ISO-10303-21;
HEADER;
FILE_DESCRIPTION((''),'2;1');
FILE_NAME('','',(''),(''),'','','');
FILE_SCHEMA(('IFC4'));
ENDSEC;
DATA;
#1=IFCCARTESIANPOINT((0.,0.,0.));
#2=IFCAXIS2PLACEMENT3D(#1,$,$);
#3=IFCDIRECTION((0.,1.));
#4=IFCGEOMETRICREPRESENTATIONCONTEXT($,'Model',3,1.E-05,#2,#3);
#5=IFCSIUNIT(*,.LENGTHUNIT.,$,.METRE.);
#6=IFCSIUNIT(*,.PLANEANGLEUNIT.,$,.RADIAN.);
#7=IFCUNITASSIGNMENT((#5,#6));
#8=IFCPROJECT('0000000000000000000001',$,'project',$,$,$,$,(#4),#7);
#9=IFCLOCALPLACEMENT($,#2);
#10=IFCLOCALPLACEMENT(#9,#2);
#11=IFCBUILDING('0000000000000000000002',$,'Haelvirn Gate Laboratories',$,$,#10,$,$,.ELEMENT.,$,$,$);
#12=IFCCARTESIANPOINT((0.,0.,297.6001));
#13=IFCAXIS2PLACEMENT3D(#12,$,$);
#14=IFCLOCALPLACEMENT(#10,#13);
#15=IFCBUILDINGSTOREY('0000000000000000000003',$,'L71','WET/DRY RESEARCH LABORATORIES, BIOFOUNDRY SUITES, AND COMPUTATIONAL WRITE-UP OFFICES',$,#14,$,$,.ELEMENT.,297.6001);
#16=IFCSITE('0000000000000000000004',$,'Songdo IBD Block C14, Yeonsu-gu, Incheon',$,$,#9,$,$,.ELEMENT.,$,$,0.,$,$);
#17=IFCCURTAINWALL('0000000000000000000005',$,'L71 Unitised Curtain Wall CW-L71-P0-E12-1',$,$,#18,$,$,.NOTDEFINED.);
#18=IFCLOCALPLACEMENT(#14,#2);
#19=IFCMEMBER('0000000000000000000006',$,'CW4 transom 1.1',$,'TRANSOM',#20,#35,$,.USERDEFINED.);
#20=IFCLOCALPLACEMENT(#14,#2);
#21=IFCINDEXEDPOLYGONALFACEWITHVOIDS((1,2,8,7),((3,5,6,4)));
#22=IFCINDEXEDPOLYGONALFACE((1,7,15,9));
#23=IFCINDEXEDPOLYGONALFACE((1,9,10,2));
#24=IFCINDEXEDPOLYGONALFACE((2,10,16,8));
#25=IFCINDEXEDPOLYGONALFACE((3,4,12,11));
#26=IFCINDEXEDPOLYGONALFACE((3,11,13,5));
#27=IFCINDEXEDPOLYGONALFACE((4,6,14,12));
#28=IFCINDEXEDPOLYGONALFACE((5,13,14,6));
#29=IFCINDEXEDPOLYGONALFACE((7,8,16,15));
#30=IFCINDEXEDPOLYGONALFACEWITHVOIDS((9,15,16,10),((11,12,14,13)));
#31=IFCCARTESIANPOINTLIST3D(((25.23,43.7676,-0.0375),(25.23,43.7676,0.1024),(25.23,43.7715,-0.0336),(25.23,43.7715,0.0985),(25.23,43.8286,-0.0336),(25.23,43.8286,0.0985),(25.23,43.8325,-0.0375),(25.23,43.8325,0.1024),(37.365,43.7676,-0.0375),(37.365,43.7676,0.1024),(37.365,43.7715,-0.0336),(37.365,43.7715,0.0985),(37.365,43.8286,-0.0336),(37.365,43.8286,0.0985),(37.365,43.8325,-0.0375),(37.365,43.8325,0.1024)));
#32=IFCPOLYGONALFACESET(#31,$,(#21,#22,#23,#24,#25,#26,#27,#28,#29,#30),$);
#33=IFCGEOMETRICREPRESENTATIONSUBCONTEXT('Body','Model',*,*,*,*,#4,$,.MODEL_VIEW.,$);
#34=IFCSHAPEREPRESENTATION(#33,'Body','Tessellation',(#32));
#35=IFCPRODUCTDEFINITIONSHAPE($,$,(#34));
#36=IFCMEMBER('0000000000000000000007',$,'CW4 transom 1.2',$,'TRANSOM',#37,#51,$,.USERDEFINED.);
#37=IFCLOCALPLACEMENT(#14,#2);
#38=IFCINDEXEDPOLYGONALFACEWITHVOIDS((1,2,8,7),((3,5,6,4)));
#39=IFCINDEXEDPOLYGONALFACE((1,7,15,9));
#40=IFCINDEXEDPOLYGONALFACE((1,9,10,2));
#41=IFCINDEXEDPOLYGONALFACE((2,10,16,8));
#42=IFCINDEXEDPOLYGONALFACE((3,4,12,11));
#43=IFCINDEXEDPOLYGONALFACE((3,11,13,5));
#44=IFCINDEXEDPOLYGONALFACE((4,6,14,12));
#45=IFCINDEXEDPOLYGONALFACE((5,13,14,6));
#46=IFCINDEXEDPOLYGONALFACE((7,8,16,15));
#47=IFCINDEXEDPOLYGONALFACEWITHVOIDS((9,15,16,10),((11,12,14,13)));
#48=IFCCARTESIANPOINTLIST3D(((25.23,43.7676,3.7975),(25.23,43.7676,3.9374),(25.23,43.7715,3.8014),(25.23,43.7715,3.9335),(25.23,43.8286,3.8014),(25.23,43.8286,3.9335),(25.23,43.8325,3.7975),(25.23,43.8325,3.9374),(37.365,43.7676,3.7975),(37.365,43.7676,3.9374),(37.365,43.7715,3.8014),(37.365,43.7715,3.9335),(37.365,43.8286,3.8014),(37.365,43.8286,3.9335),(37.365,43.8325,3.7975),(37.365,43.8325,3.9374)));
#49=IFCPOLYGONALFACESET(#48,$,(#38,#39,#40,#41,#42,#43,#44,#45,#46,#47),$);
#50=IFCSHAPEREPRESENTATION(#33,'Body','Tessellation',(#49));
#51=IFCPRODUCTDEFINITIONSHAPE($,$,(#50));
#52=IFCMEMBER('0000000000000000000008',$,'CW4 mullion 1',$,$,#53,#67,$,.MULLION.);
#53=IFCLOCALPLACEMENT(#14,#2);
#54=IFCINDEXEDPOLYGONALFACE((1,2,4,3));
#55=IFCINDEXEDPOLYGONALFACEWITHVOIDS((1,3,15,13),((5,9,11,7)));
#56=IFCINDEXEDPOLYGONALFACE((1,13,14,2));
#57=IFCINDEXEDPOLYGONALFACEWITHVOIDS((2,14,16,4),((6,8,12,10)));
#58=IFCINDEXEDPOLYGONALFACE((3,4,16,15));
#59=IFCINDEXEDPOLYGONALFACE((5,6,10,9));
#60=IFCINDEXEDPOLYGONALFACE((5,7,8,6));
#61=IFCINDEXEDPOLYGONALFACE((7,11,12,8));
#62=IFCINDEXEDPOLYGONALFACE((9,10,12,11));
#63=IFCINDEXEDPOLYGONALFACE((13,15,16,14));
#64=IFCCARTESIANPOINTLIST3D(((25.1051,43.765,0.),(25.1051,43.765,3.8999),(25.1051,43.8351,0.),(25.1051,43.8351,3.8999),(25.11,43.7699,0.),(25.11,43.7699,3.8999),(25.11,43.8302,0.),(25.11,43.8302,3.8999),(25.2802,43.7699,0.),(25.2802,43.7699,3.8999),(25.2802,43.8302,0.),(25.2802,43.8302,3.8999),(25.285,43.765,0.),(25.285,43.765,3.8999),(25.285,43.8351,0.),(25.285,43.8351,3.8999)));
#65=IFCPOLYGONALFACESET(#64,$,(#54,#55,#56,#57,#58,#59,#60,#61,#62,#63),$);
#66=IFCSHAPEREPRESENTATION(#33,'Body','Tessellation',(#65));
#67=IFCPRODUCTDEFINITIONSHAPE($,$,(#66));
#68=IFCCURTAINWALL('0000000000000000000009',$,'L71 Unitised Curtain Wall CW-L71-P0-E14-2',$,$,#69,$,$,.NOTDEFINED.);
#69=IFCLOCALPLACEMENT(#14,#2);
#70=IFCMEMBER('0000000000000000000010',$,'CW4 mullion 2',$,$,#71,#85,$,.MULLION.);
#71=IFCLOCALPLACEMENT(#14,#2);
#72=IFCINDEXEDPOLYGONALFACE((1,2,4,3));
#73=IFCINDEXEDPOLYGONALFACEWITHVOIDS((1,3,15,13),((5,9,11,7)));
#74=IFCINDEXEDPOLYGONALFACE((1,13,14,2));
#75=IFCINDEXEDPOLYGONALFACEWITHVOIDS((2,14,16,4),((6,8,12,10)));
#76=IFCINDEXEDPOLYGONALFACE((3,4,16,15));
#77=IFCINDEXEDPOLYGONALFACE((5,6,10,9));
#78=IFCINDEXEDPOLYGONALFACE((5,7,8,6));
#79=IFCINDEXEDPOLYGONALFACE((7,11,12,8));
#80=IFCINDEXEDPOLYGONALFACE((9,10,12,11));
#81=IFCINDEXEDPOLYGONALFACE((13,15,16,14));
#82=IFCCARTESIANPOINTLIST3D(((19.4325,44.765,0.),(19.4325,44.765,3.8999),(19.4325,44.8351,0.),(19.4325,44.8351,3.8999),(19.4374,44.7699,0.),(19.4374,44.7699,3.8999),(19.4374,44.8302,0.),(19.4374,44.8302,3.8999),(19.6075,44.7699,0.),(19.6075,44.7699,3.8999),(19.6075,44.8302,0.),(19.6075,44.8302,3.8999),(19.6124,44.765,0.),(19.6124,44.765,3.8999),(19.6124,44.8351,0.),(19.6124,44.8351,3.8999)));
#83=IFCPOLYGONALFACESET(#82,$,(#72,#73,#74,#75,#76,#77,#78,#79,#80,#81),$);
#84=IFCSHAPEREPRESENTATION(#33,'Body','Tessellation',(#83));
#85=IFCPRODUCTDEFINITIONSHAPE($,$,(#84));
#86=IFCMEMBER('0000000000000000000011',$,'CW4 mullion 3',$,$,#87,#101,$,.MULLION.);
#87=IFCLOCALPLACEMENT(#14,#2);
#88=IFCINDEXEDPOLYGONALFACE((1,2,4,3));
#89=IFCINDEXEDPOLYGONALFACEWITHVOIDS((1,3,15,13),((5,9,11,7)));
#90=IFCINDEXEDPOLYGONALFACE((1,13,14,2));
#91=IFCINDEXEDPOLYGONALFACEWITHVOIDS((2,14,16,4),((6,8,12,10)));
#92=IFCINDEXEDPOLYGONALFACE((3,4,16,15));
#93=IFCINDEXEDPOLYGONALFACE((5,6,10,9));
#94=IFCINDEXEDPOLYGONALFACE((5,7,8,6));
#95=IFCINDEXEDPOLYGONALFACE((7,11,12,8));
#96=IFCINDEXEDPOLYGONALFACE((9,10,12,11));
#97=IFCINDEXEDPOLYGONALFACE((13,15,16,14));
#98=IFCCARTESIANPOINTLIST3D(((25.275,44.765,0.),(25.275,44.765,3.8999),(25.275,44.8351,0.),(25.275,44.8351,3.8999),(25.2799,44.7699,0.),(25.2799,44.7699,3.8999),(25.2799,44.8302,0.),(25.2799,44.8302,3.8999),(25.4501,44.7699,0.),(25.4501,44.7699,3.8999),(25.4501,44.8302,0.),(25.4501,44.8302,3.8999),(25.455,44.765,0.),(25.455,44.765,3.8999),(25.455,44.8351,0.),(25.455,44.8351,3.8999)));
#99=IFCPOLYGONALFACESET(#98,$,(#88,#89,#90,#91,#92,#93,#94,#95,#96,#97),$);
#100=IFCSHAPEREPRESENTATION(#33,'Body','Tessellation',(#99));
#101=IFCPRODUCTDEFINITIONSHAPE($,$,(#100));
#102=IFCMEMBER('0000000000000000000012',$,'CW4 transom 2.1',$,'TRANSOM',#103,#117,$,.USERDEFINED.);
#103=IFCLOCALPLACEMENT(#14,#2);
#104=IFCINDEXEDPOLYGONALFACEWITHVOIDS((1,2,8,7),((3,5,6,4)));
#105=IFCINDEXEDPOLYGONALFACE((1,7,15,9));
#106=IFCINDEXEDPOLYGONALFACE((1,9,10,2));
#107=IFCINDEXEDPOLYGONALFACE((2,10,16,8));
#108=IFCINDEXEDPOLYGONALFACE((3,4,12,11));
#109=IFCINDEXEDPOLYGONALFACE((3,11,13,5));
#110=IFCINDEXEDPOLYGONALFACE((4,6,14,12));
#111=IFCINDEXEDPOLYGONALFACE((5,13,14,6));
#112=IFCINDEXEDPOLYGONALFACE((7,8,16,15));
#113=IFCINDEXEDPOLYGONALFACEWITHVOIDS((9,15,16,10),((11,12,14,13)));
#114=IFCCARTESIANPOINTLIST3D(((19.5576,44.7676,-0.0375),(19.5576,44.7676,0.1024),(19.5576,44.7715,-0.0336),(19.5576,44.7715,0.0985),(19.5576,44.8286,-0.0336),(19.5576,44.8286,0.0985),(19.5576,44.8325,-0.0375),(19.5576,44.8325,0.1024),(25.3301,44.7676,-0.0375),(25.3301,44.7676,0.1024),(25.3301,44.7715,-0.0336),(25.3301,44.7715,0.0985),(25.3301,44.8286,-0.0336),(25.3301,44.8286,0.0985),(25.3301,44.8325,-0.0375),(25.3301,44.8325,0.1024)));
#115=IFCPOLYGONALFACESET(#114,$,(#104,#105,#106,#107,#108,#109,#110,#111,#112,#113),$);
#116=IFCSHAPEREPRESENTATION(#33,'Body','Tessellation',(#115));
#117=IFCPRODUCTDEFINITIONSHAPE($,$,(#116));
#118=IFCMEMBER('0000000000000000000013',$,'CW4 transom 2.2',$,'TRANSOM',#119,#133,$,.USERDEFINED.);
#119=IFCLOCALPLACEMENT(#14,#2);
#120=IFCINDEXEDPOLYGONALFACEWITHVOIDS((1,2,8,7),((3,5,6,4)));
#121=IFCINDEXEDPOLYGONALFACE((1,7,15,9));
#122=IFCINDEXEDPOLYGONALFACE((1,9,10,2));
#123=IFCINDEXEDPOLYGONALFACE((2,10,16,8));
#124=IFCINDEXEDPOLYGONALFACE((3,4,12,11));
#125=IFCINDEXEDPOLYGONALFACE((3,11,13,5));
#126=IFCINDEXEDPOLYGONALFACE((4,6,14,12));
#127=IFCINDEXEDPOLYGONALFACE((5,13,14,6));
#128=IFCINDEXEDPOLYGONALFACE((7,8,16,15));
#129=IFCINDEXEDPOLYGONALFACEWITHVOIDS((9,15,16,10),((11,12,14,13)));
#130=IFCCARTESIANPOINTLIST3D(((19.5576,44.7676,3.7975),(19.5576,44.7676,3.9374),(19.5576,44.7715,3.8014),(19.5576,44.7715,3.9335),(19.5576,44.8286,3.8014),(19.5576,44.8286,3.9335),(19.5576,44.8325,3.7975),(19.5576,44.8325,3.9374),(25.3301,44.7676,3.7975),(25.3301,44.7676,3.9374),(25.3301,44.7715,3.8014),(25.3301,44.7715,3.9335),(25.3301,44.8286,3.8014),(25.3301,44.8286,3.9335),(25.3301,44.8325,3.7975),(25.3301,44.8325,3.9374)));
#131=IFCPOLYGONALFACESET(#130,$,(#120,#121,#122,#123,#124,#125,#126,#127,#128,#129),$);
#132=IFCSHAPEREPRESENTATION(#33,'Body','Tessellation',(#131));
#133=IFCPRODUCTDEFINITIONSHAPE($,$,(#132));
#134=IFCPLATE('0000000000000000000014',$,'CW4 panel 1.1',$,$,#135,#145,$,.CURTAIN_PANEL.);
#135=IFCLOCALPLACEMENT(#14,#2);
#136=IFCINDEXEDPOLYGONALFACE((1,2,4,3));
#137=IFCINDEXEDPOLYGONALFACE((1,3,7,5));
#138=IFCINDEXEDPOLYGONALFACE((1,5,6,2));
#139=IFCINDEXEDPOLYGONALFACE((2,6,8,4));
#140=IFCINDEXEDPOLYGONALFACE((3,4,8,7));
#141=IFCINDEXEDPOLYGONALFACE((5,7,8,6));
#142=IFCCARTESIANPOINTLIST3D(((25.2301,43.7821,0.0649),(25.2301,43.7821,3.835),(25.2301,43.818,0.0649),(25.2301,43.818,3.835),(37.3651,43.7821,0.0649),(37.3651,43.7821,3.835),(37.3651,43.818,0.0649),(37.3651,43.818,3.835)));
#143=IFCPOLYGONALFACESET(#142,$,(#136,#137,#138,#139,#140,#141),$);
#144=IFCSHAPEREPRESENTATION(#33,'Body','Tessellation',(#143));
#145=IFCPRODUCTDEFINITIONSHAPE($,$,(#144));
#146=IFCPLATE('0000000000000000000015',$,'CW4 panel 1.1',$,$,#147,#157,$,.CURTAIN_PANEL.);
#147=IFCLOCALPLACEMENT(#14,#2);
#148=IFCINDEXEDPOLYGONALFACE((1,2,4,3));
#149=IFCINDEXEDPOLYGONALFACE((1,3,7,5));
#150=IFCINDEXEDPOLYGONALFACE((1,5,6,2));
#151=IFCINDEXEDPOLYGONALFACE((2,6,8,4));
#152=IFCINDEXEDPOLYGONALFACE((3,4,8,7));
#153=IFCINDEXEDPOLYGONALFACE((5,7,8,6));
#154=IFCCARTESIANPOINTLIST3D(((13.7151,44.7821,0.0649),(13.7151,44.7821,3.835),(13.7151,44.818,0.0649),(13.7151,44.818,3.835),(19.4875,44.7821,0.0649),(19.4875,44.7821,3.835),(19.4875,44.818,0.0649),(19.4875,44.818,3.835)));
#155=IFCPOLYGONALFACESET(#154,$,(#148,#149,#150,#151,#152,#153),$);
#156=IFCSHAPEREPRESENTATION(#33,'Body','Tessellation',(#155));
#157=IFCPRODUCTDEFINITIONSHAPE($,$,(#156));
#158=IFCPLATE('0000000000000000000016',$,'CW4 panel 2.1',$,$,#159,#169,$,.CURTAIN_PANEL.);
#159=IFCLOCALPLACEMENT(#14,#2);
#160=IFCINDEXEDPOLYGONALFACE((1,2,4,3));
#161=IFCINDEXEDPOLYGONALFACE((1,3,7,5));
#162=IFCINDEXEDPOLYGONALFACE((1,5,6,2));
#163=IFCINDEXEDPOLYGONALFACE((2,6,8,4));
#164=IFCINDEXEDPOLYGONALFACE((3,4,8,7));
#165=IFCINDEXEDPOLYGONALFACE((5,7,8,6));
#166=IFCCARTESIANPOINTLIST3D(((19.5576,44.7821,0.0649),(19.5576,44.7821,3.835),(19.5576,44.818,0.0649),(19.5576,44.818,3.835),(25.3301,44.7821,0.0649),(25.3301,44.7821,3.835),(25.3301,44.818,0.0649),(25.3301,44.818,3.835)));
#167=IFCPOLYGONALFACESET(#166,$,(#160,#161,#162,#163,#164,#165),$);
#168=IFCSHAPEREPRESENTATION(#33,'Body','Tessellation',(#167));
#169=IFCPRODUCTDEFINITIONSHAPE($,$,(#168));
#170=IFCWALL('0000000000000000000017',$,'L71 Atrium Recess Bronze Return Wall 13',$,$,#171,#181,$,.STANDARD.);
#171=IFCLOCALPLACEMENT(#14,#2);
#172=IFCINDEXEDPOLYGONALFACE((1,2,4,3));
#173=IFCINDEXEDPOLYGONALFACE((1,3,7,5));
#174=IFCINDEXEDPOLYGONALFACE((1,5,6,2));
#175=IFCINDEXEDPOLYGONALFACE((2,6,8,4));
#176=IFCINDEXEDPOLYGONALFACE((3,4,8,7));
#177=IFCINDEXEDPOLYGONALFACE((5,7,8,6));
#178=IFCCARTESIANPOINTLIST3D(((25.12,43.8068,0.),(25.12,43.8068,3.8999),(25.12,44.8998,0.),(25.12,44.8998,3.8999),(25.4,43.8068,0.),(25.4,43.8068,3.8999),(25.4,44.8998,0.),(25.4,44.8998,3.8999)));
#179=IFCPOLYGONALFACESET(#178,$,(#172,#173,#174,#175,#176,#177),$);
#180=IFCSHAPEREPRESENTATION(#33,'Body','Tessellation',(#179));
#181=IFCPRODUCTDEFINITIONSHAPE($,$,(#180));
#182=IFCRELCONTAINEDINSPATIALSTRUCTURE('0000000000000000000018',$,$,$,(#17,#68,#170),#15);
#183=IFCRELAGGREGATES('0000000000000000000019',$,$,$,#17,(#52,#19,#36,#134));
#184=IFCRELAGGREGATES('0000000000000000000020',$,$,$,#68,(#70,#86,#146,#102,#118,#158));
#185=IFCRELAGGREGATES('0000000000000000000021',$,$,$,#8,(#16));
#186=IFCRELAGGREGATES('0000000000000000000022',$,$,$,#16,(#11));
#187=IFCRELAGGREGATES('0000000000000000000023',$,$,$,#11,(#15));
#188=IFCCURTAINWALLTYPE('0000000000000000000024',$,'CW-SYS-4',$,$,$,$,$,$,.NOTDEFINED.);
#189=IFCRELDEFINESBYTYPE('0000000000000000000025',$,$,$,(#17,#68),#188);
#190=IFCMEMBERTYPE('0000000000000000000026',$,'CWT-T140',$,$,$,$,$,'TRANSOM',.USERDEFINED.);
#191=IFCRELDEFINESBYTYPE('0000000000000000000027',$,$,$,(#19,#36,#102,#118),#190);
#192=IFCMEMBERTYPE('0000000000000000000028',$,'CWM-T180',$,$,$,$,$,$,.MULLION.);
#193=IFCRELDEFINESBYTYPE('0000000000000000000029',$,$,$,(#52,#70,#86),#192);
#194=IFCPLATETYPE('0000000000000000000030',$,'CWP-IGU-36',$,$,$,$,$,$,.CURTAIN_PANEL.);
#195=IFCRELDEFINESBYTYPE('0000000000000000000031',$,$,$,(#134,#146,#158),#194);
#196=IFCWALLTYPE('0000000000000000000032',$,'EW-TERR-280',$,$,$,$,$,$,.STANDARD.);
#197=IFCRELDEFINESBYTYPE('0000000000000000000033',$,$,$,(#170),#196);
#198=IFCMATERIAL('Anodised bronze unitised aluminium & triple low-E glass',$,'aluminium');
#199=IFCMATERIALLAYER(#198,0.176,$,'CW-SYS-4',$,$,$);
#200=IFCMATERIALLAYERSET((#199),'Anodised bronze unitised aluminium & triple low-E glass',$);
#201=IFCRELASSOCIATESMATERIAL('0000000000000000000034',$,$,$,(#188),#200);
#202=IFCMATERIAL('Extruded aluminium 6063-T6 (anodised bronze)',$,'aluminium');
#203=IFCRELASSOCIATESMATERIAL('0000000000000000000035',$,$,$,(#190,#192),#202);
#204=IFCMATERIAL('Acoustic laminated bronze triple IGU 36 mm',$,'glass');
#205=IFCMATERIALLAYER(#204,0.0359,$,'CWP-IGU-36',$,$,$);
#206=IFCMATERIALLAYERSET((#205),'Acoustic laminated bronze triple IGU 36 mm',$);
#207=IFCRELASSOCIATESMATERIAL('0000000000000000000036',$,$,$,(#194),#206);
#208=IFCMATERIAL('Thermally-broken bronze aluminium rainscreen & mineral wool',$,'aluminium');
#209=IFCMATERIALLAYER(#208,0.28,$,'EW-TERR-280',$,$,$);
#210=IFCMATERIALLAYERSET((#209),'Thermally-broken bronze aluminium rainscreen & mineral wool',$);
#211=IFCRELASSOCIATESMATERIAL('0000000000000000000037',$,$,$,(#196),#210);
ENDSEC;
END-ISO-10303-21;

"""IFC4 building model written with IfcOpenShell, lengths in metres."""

from ifc_helpers import new_model, si_unit, direction, frame, frame_2d, origin, origin_2d, place, context, subcontext, project, spatial, rectangle, hollow_rectangle, extrude, source, transform, mapped, material, layer, layer_set, material_profile, profile_set, type_object, type_shapes, element, aggregate, save


model = new_model("IFC4")

# Units and contexts
model_context = context("Model", 3, precision=1e-05, world=origin(), true_north=direction((0.0, 1.0)))
body_context = subcontext(model_context, "Body", "Model", "MODEL_VIEW")
ifc_project = project(units=[si_unit("LENGTHUNIT", "METRE"), si_unit("PLANEANGLEUNIT", "RADIAN")], contexts=[model_context])

# Site, building, storey
site_placement = place(None, origin())
site = spatial("IfcSite", under=ifc_project, at=site_placement, Name="Songdo IBD Block C14, Yeonsu-gu, Incheon", CompositionType="ELEMENT", RefElevation=0.0)
building_placement = place(site_placement, origin())
building = spatial("IfcBuilding", under=site, at=building_placement, Name="Haelvirn Gate Laboratories", CompositionType="ELEMENT")
storey_placement = place(building_placement, frame((0.0, 0.0, 297.6001)))
storey = spatial("IfcBuildingStorey", under=building, at=storey_placement, Name="L71", Description="WET/DRY RESEARCH LABORATORIES, BIOFOUNDRY SUITES, AND COMPUTATIONAL WRITE-UP OFFICES", CompositionType="ELEMENT", Elevation=297.6001)

# Curtain walls, members
ifc_material_1 = material(Name="Anodised bronze unitised aluminium & triple low-E glass", Category="aluminium")
ifc_layer_1 = layer(ifc_material_1, 0.176, Name="CW-SYS-4")
ifc_layer_set_1 = layer_set([ifc_layer_1], Name="Anodised bronze unitised aluminium & triple low-E glass")
curtain_wall_type = type_object("IfcCurtainWallType", Name="CW-SYS-4", PredefinedType="NOTDEFINED", material=ifc_layer_set_1)
curtain_wall_1_placement = place(storey_placement, origin())
curtain_wall_1 = element("IfcCurtainWall", 1, at=curtain_wall_1_placement, inside=storey, type_object=curtain_wall_type, Name="L71 Unitised Curtain Wall CW-L71-P0-E12-1", PredefinedType="NOTDEFINED")
ifc_material_2 = material(Name="Extruded aluminium 6063-T6 (anodised bronze)", Category="aluminium")
ifc_material_profile_1 = material_profile(ifc_material_2, hollow_rectangle(XDim=0.0649, YDim=0.1399, WallThickness=0.0039, at=origin_2d()), Name="CWT-140x65x4")
ifc_profile_set_1 = profile_set([ifc_material_profile_1], Name="Extruded aluminium 6063-T6 (anodised bronze)")
member_type_1 = type_object("IfcMemberType", Name="CWT-T140", ElementType="TRANSOM", PredefinedType="USERDEFINED", material=ifc_profile_set_1)
shared_shape_1 = source(origin(), body_context, "Body", "SweptSolid", [
    extrude(hollow_rectangle(XDim=0.0649, YDim=0.1399, WallThickness=0.0039, at=origin_2d()), origin(), (0.0, 0.0, 1.0), 12.135),
])
member_1_placement = place(storey_placement, frame((25.23, 43.8, 0.0325), z_axis=(1.0, 0.0, 0.0), x_axis=(0.0, 1.0, 0.0)))
member_1 = element("IfcMember", 2, at=member_1_placement, type_object=member_type_1, Name="CW4 transom 1.1", ObjectType="TRANSOM", PredefinedType="USERDEFINED", context=body_context, shape_type="MappedRepresentation", body=[
    mapped(shared_shape_1, transform((0.0, 0.0, 0.0), scale=1.0)),
])
member_2_placement = place(storey_placement, frame((25.23, 43.8, 3.8674), z_axis=(1.0, 0.0, 0.0), x_axis=(0.0, 1.0, 0.0)))
member_2 = element("IfcMember", 3, at=member_2_placement, type_object=member_type_1, Name="CW4 transom 1.2", ObjectType="TRANSOM", PredefinedType="USERDEFINED", context=body_context, shape_type="MappedRepresentation", body=[
    mapped(shared_shape_1, transform((0.0, 0.0, 0.0), scale=1.0)),
])
ifc_material_profile_2 = material_profile(ifc_material_2, hollow_rectangle(XDim=0.0701, YDim=0.1799, WallThickness=0.0049, at=origin_2d()), Name="CWM-180x70x5")
ifc_profile_set_2 = profile_set([ifc_material_profile_2], Name="Extruded aluminium 6063-T6 (anodised bronze)")
member_type_2 = type_object("IfcMemberType", Name="CWM-T180", PredefinedType="MULLION", material=ifc_profile_set_2)
shared_shape_2 = source(origin(), body_context, "Body", "SweptSolid", [
    extrude(hollow_rectangle(XDim=0.0701, YDim=0.1799, WallThickness=0.0049, at=origin_2d()), origin(), (0.0, 0.0, 1.0), 3.8999),
])
type_shapes(member_type_2, [shared_shape_2])
member_3_placement = place(storey_placement, frame((25.1951, 43.8, 0.0), z_axis=(0.0, 0.0, 1.0), x_axis=(0.0, 1.0, 0.0)))
member_3 = element("IfcMember", 4, at=member_3_placement, type_object=member_type_2, Name="CW4 mullion 1", PredefinedType="MULLION", context=body_context, shape_type="MappedRepresentation", body=[
    mapped(shared_shape_2, transform((0.0, 0.0, 0.0), scale=1.0)),
])
curtain_wall_2_placement = place(storey_placement, origin())
curtain_wall_2 = element("IfcCurtainWall", 5, at=curtain_wall_2_placement, inside=storey, type_object=curtain_wall_type, Name="L71 Unitised Curtain Wall CW-L71-P0-E14-2", PredefinedType="NOTDEFINED")
member_4_placement = place(storey_placement, frame((19.5225, 44.8, 0.0), z_axis=(0.0, 0.0, 1.0), x_axis=(0.0, 1.0, 0.0)))
member_4 = element("IfcMember", 6, at=member_4_placement, type_object=member_type_2, Name="CW4 mullion 2", PredefinedType="MULLION", context=body_context, shape_type="MappedRepresentation", body=[
    mapped(shared_shape_2, transform((0.0, 0.0, 0.0), scale=1.0)),
])
member_5_placement = place(storey_placement, frame((25.365, 44.8, 0.0), z_axis=(0.0, 0.0, 1.0), x_axis=(0.0, 1.0, 0.0)))
member_5 = element("IfcMember", 7, at=member_5_placement, type_object=member_type_2, Name="CW4 mullion 3", PredefinedType="MULLION", context=body_context, shape_type="MappedRepresentation", body=[
    mapped(shared_shape_2, transform((0.0, 0.0, 0.0), scale=1.0)),
])
shared_shape_3 = source(origin(), body_context, "Body", "SweptSolid", [
    extrude(hollow_rectangle(XDim=0.0649, YDim=0.1399, WallThickness=0.0039, at=origin_2d()), origin(), (0.0, 0.0, 1.0), 5.7725),
])
type_shapes(member_type_1, [shared_shape_1, shared_shape_3])
member_6_placement = place(storey_placement, frame((19.5576, 44.8, 0.0325), z_axis=(1.0, 0.0, 0.0), x_axis=(0.0, 1.0, 0.0)))
member_6 = element("IfcMember", 8, at=member_6_placement, type_object=member_type_1, Name="CW4 transom 2.1", ObjectType="TRANSOM", PredefinedType="USERDEFINED", context=body_context, shape_type="MappedRepresentation", body=[
    mapped(shared_shape_3, transform((0.0, 0.0, 0.0), scale=1.0)),
])
member_7_placement = place(storey_placement, frame((19.5576, 44.8, 3.8674), z_axis=(1.0, 0.0, 0.0), x_axis=(0.0, 1.0, 0.0)))
member_7 = element("IfcMember", 9, at=member_7_placement, type_object=member_type_1, Name="CW4 transom 2.2", ObjectType="TRANSOM", PredefinedType="USERDEFINED", context=body_context, shape_type="MappedRepresentation", body=[
    mapped(shared_shape_3, transform((0.0, 0.0, 0.0), scale=1.0)),
])

# Plates
ifc_material_3 = material(Name="Acoustic laminated bronze triple IGU 36 mm", Category="glass")
ifc_layer_2 = layer(ifc_material_3, 0.0359, Name="CWP-IGU-36")
ifc_layer_set_2 = layer_set([ifc_layer_2], Name="Acoustic laminated bronze triple IGU 36 mm")
plate_type = type_object("IfcPlateType", Name="CWP-IGU-36", PredefinedType="CURTAIN_PANEL", material=ifc_layer_set_2)
shared_shape_4 = source(origin(), body_context, "Body", "SweptSolid", [
    extrude(rectangle(XDim=12.135, YDim=0.0359, at=origin_2d()), origin(), (0.0, 0.0, 1.0), 3.77),
])
plate_1_placement = place(storey_placement, frame((31.2976, 43.8, 0.0649), z_axis=(0.0, 0.0, 1.0), x_axis=(1.0, 0.0, 0.0)))
plate_1 = element("IfcPlate", 10, at=plate_1_placement, type_object=plate_type, Name="CW4 panel 1.1", PredefinedType="CURTAIN_PANEL", context=body_context, shape_type="MappedRepresentation", body=[
    mapped(shared_shape_4, transform((0.0, 0.0, 0.0), scale=1.0)),
])
aggregate(curtain_wall_1, [member_3, member_1, member_2, plate_1])
shared_shape_5 = source(origin(), body_context, "Body", "SweptSolid", [
    extrude(rectangle(XDim=5.7725, YDim=0.0359, at=origin_2d()), origin(), (0.0, 0.0, 1.0), 3.77),
])
type_shapes(plate_type, [shared_shape_4, shared_shape_5])
plate_2_placement = place(storey_placement, frame((16.6013, 44.8, 0.0649), z_axis=(0.0, 0.0, 1.0), x_axis=(1.0, 0.0, 0.0)))
plate_2 = element("IfcPlate", 11, at=plate_2_placement, type_object=plate_type, Name="CW4 panel 1.1", PredefinedType="CURTAIN_PANEL", context=body_context, shape_type="MappedRepresentation", body=[
    mapped(shared_shape_5, transform((0.0, 0.0, 0.0), scale=1.0)),
])
plate_3_placement = place(storey_placement, frame((22.4438, 44.8, 0.0649), z_axis=(0.0, 0.0, 1.0), x_axis=(1.0, 0.0, 0.0)))
plate_3 = element("IfcPlate", 12, at=plate_3_placement, type_object=plate_type, Name="CW4 panel 2.1", PredefinedType="CURTAIN_PANEL", context=body_context, shape_type="MappedRepresentation", body=[
    mapped(shared_shape_5, transform((0.0, 0.0, 0.0), scale=1.0)),
])
aggregate(curtain_wall_2, [member_4, member_5, plate_2, member_6, member_7, plate_3])

# Wall
ifc_material_4 = material(Name="Thermally-broken bronze aluminium rainscreen & mineral wool", Category="aluminium")
ifc_layer_3 = layer(ifc_material_4, 0.28, Name="EW-TERR-280")
ifc_layer_set_3 = layer_set([ifc_layer_3], Name="Thermally-broken bronze aluminium rainscreen & mineral wool")
wall_type_1 = type_object("IfcWallType", Name="EW-TERR-280", PredefinedType="STANDARD", material=ifc_layer_set_3)
wall_1_placement = place(storey_placement, frame((25.26, 43.8069, 0.0), z_axis=(0.0, 0.0, 1.0), x_axis=(0.0, 1.0, 0.0)))
element("IfcWall", 13, at=wall_1_placement, inside=storey, type_object=wall_type_1, Name="L71 Atrium Recess Bronze Return Wall 13", PredefinedType="STANDARD", context=body_context, shape_type="SweptSolid", body=[
    extrude(rectangle(XDim=1.093, YDim=0.28, at=frame_2d((0.5464, 0.0))), origin(), (0.0, 0.0, 1.0), 3.8999),
])

save(model, "model.ifc")
